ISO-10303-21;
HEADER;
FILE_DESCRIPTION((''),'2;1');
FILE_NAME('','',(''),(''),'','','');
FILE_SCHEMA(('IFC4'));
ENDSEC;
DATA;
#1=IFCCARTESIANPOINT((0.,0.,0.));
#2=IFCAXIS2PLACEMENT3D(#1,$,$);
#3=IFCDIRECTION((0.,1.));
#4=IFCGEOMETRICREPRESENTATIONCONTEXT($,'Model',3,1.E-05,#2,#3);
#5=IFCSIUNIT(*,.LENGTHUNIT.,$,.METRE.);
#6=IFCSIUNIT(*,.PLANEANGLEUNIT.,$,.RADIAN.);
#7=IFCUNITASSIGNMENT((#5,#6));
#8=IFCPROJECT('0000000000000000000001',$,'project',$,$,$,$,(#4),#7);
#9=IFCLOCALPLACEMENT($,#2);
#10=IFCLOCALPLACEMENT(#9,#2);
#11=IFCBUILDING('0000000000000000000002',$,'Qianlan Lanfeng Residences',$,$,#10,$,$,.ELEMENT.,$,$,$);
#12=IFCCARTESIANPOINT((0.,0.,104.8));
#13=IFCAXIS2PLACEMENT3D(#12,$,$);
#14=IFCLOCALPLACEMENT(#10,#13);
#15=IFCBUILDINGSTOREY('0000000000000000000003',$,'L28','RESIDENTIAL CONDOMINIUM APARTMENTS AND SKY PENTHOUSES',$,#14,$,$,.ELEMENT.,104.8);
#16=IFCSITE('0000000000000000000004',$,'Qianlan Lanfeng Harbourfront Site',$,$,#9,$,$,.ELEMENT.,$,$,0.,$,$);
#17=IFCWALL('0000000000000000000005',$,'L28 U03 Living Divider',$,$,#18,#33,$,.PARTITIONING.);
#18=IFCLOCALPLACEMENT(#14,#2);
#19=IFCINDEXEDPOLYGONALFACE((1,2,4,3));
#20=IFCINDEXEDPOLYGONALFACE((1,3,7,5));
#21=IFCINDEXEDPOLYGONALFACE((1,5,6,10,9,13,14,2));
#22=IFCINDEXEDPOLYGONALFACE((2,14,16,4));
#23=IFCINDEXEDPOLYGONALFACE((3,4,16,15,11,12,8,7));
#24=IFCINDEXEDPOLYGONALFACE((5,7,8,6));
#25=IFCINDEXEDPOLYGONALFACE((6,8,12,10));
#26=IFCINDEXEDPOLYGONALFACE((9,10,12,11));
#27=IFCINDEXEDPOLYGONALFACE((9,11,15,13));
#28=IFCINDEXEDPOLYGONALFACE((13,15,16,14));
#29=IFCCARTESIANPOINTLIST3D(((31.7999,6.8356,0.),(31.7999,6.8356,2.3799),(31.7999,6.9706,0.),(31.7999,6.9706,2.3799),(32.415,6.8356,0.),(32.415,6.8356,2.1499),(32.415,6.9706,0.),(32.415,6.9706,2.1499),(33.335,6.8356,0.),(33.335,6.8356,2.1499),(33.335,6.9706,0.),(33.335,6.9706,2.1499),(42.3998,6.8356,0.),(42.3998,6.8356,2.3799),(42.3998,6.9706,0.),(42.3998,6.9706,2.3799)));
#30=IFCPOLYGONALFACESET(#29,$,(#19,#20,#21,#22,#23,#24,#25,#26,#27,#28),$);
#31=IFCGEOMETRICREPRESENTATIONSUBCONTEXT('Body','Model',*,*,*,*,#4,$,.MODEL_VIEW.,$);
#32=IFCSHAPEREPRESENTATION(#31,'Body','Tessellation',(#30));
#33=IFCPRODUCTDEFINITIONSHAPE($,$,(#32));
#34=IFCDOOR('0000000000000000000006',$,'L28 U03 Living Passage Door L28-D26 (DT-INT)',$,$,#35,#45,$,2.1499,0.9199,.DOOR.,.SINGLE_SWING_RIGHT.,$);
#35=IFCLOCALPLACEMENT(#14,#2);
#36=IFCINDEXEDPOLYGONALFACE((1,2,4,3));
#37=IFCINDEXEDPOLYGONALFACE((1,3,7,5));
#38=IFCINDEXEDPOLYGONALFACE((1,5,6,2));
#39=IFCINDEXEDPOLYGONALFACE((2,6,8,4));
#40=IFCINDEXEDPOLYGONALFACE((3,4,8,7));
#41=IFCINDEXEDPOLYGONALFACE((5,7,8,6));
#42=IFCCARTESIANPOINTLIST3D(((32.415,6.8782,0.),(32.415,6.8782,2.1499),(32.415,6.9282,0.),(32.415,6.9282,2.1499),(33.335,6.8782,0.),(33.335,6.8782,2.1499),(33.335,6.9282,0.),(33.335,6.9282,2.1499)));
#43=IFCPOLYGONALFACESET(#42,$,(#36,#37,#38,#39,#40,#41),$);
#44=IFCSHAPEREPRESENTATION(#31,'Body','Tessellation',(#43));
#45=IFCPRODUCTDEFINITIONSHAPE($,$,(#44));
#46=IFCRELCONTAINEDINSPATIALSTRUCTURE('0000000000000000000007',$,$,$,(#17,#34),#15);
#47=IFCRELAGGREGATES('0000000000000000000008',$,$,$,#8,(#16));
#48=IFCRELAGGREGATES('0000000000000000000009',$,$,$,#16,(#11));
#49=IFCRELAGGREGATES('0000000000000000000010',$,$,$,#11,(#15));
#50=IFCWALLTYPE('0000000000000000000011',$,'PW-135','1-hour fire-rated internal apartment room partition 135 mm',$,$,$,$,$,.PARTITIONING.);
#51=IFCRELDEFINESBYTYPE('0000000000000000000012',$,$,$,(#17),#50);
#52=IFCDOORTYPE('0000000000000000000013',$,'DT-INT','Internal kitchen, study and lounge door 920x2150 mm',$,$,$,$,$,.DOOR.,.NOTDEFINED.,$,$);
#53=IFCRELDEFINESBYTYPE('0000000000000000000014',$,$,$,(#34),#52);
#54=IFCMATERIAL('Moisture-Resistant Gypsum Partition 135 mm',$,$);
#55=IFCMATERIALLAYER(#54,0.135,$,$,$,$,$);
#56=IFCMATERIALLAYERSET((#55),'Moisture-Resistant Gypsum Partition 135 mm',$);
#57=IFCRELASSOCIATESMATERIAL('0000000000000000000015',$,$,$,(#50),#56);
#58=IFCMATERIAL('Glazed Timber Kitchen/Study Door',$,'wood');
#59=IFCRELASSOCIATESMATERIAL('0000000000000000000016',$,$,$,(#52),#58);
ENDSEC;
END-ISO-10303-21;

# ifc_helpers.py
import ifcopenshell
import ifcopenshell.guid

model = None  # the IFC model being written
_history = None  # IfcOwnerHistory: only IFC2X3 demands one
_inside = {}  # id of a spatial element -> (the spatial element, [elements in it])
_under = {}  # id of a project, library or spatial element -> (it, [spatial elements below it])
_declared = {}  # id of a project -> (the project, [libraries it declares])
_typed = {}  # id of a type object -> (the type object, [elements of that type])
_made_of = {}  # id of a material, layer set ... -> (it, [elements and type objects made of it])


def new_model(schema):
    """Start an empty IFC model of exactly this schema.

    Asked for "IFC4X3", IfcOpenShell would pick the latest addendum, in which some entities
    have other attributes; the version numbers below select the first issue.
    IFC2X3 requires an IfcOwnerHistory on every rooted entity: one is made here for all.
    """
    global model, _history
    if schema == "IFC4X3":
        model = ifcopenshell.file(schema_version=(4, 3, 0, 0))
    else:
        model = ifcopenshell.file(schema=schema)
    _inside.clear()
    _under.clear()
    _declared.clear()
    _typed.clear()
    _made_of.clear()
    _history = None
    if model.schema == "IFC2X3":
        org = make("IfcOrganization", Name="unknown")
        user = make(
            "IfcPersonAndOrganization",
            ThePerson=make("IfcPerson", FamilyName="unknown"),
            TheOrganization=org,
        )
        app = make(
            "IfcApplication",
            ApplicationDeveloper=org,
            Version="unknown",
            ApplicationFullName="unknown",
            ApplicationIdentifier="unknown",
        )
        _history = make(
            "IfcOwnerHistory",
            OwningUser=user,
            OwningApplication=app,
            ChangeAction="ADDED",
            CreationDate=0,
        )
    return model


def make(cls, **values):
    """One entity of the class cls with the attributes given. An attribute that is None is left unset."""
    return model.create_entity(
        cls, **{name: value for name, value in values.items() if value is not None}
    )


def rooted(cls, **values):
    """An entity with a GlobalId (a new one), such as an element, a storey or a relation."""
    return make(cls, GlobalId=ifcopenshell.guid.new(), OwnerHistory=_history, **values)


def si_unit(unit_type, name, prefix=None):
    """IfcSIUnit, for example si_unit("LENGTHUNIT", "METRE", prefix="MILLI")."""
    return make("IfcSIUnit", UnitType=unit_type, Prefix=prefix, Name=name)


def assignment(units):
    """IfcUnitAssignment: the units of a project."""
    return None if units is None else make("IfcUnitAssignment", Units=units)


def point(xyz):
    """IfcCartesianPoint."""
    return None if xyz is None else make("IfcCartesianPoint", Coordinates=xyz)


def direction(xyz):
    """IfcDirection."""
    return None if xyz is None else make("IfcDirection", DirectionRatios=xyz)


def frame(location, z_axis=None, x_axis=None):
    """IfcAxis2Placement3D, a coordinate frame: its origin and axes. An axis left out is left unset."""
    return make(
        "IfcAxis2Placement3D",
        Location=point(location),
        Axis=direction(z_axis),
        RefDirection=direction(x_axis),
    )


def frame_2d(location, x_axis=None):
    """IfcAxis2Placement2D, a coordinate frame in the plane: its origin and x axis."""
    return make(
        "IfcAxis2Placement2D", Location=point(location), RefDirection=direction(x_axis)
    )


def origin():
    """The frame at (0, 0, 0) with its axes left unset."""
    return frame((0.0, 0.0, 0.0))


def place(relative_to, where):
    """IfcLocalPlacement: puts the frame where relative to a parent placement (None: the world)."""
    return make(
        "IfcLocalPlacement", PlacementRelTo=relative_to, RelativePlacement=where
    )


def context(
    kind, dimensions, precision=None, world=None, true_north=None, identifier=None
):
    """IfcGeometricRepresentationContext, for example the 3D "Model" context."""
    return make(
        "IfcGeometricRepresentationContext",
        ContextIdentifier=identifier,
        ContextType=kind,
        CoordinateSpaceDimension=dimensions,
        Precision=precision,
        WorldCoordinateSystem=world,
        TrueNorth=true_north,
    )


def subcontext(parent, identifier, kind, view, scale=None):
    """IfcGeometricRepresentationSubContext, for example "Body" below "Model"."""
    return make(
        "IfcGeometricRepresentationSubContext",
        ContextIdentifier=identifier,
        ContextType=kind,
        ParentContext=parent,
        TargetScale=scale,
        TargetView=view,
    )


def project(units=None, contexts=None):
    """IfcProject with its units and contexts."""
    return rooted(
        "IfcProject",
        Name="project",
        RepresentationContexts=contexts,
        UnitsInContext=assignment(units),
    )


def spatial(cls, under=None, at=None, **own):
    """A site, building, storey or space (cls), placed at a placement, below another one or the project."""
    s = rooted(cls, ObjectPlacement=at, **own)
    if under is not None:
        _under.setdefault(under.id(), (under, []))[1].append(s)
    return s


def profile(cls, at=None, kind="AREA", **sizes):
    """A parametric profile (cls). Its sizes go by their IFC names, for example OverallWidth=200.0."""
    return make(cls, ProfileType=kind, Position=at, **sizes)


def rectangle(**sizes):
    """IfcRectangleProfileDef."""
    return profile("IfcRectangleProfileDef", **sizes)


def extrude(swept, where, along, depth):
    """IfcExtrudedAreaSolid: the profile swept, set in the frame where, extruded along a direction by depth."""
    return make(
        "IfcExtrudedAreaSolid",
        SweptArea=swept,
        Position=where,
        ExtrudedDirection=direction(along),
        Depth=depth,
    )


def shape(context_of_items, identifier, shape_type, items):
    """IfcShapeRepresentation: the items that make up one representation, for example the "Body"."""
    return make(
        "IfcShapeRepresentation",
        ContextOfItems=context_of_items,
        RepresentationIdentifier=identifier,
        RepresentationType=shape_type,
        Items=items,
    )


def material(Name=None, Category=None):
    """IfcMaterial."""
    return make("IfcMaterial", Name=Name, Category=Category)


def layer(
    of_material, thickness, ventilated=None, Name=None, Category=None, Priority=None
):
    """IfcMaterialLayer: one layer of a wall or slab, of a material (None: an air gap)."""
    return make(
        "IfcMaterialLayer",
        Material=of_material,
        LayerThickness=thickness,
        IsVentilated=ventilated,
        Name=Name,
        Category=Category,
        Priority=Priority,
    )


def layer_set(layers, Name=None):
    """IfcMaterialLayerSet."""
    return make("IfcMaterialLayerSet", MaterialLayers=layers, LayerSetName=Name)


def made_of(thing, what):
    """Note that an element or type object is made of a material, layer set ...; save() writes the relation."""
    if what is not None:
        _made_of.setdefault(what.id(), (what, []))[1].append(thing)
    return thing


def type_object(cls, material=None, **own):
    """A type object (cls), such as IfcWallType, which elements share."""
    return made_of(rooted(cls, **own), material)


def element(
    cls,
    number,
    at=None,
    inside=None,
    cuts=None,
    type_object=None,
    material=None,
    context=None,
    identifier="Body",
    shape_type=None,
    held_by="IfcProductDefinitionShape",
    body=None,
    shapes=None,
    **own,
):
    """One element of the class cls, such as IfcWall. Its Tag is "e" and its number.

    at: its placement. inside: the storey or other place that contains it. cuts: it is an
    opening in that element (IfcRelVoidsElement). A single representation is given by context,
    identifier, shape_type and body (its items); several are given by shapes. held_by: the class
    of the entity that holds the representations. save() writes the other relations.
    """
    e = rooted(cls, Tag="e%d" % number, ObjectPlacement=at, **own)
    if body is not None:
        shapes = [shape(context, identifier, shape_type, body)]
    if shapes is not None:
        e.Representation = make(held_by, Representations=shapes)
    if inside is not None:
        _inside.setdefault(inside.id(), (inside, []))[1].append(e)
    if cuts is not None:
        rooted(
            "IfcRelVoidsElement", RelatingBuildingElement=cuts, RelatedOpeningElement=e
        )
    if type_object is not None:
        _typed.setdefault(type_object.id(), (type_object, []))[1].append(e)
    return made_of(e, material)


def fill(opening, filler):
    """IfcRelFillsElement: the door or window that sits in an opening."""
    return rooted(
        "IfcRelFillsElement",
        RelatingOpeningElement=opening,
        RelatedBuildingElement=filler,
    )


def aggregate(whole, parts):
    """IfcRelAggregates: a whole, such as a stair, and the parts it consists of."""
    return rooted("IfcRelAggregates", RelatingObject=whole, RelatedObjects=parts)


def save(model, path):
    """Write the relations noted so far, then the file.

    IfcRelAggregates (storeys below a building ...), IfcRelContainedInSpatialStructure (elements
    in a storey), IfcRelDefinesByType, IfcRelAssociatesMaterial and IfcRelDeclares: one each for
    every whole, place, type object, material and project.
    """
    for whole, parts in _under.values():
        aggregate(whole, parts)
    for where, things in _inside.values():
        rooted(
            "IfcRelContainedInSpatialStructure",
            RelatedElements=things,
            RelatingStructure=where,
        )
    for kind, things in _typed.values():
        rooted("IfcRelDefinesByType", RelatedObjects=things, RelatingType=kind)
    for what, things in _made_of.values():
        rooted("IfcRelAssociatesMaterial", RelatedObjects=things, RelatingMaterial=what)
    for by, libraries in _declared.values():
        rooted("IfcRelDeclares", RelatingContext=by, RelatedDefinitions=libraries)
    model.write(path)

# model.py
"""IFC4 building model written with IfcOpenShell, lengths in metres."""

from ifc_helpers import new_model, si_unit, direction, frame, frame_2d, origin, place, context, subcontext, project, spatial, rectangle, extrude, material, layer, layer_set, type_object, element, fill, save


model = new_model("IFC4")

# Units and contexts
model_context = context("Model", 3, precision=1e-05, world=origin(), true_north=direction((0.0, 1.0)))
body_context = subcontext(model_context, "Body", "Model", "MODEL_VIEW")
ifc_project = project(units=[si_unit("LENGTHUNIT", "METRE"), si_unit("PLANEANGLEUNIT", "RADIAN")], contexts=[model_context])

# Site, building, storey
site_placement = place(None, origin())
site = spatial("IfcSite", under=ifc_project, at=site_placement, Name="Qianlan Lanfeng Harbourfront Site", CompositionType="ELEMENT", RefElevation=0.0)
building_placement = place(site_placement, origin())
building = spatial("IfcBuilding", under=site, at=building_placement, Name="Qianlan Lanfeng Residences", CompositionType="ELEMENT")
storey_placement = place(building_placement, frame((0.0, 0.0, 104.8)))
storey = spatial("IfcBuildingStorey", under=building, at=storey_placement, Name="L28", Description="RESIDENTIAL CONDOMINIUM APARTMENTS AND SKY PENTHOUSES", CompositionType="ELEMENT", Elevation=104.8)

# Shared definitions
ifc_material_1 = material(Name="Moisture-Resistant Gypsum Partition 135 mm")
ifc_layer = layer(ifc_material_1, 0.135)
ifc_layer_set = layer_set([ifc_layer], Name="Moisture-Resistant Gypsum Partition 135 mm")
wall_type = type_object("IfcWallType", Name="PW-135", Description="1-hour fire-rated internal apartment room partition 135 mm", PredefinedType="PARTITIONING", material=ifc_layer_set)
ifc_material_2 = material(Name="Glazed Timber Kitchen/Study Door", Category="wood")
door_type_1 = type_object("IfcDoorType", Name="DT-INT", Description="Internal kitchen, study and lounge door 920x2150 mm", OperationType="NOTDEFINED", PredefinedType="DOOR", material=ifc_material_2)

# Wall, opening, door
wall_1_placement = place(storey_placement, frame((31.8, 6.9031, 0.0), z_axis=(0.0, 0.0, 1.0), x_axis=(1.0, 0.0, 0.0)))
wall_1 = element("IfcWall", 1, at=wall_1_placement, inside=storey, type_object=wall_type, Name="L28 U03 Living Divider", PredefinedType="PARTITIONING", context=body_context, shape_type="SweptSolid", body=[
    extrude(rectangle(XDim=10.5999, YDim=0.135, at=frame_2d((5.2998, 0.0))), origin(), (0.0, 0.0, 1.0), 2.3799),
])
opening_1_placement = place(wall_1_placement, frame((0.615, 0.0, 0.0)))
opening_1 = element("IfcOpeningElement", 2, at=opening_1_placement, cuts=wall_1, PredefinedType="OPENING", context=body_context, shape_type="SweptSolid", body=[
    extrude(rectangle(XDim=0.9199, YDim=2.1499, at=frame_2d((0.46, 1.075))), frame((0.0, 0.0776, 0.0), z_axis=(0.0, -1.0, 0.0), x_axis=(1.0, 0.0, 0.0)), (0.0, 0.0, 1.0), 0.155),
])
door_1_placement = place(opening_1_placement, frame((0.9199, 0.0, 0.0), z_axis=(0.0, 0.0, 1.0), x_axis=(-1.0, 0.0, 0.0)))
door_1 = element("IfcDoor", 3, at=door_1_placement, inside=storey, type_object=door_type_1, Name="L28 U03 Living Passage Door L28-D26 (DT-INT)", OperationType="SINGLE_SWING_RIGHT", OverallHeight=2.1499, OverallWidth=0.9199, PredefinedType="DOOR", context=body_context, shape_type="SweptSolid", body=[
    extrude(rectangle(XDim=0.9199, YDim=2.1499, at=frame_2d((0.46, 1.075))), frame((0.0, 0.0249, 0.0), z_axis=(0.0, -1.0, 0.0), x_axis=(1.0, 0.0, 0.0)), (0.0, 0.0, 1.0), 0.05),
])
fill(opening_1, door_1)

save(model, "model.ifc")
